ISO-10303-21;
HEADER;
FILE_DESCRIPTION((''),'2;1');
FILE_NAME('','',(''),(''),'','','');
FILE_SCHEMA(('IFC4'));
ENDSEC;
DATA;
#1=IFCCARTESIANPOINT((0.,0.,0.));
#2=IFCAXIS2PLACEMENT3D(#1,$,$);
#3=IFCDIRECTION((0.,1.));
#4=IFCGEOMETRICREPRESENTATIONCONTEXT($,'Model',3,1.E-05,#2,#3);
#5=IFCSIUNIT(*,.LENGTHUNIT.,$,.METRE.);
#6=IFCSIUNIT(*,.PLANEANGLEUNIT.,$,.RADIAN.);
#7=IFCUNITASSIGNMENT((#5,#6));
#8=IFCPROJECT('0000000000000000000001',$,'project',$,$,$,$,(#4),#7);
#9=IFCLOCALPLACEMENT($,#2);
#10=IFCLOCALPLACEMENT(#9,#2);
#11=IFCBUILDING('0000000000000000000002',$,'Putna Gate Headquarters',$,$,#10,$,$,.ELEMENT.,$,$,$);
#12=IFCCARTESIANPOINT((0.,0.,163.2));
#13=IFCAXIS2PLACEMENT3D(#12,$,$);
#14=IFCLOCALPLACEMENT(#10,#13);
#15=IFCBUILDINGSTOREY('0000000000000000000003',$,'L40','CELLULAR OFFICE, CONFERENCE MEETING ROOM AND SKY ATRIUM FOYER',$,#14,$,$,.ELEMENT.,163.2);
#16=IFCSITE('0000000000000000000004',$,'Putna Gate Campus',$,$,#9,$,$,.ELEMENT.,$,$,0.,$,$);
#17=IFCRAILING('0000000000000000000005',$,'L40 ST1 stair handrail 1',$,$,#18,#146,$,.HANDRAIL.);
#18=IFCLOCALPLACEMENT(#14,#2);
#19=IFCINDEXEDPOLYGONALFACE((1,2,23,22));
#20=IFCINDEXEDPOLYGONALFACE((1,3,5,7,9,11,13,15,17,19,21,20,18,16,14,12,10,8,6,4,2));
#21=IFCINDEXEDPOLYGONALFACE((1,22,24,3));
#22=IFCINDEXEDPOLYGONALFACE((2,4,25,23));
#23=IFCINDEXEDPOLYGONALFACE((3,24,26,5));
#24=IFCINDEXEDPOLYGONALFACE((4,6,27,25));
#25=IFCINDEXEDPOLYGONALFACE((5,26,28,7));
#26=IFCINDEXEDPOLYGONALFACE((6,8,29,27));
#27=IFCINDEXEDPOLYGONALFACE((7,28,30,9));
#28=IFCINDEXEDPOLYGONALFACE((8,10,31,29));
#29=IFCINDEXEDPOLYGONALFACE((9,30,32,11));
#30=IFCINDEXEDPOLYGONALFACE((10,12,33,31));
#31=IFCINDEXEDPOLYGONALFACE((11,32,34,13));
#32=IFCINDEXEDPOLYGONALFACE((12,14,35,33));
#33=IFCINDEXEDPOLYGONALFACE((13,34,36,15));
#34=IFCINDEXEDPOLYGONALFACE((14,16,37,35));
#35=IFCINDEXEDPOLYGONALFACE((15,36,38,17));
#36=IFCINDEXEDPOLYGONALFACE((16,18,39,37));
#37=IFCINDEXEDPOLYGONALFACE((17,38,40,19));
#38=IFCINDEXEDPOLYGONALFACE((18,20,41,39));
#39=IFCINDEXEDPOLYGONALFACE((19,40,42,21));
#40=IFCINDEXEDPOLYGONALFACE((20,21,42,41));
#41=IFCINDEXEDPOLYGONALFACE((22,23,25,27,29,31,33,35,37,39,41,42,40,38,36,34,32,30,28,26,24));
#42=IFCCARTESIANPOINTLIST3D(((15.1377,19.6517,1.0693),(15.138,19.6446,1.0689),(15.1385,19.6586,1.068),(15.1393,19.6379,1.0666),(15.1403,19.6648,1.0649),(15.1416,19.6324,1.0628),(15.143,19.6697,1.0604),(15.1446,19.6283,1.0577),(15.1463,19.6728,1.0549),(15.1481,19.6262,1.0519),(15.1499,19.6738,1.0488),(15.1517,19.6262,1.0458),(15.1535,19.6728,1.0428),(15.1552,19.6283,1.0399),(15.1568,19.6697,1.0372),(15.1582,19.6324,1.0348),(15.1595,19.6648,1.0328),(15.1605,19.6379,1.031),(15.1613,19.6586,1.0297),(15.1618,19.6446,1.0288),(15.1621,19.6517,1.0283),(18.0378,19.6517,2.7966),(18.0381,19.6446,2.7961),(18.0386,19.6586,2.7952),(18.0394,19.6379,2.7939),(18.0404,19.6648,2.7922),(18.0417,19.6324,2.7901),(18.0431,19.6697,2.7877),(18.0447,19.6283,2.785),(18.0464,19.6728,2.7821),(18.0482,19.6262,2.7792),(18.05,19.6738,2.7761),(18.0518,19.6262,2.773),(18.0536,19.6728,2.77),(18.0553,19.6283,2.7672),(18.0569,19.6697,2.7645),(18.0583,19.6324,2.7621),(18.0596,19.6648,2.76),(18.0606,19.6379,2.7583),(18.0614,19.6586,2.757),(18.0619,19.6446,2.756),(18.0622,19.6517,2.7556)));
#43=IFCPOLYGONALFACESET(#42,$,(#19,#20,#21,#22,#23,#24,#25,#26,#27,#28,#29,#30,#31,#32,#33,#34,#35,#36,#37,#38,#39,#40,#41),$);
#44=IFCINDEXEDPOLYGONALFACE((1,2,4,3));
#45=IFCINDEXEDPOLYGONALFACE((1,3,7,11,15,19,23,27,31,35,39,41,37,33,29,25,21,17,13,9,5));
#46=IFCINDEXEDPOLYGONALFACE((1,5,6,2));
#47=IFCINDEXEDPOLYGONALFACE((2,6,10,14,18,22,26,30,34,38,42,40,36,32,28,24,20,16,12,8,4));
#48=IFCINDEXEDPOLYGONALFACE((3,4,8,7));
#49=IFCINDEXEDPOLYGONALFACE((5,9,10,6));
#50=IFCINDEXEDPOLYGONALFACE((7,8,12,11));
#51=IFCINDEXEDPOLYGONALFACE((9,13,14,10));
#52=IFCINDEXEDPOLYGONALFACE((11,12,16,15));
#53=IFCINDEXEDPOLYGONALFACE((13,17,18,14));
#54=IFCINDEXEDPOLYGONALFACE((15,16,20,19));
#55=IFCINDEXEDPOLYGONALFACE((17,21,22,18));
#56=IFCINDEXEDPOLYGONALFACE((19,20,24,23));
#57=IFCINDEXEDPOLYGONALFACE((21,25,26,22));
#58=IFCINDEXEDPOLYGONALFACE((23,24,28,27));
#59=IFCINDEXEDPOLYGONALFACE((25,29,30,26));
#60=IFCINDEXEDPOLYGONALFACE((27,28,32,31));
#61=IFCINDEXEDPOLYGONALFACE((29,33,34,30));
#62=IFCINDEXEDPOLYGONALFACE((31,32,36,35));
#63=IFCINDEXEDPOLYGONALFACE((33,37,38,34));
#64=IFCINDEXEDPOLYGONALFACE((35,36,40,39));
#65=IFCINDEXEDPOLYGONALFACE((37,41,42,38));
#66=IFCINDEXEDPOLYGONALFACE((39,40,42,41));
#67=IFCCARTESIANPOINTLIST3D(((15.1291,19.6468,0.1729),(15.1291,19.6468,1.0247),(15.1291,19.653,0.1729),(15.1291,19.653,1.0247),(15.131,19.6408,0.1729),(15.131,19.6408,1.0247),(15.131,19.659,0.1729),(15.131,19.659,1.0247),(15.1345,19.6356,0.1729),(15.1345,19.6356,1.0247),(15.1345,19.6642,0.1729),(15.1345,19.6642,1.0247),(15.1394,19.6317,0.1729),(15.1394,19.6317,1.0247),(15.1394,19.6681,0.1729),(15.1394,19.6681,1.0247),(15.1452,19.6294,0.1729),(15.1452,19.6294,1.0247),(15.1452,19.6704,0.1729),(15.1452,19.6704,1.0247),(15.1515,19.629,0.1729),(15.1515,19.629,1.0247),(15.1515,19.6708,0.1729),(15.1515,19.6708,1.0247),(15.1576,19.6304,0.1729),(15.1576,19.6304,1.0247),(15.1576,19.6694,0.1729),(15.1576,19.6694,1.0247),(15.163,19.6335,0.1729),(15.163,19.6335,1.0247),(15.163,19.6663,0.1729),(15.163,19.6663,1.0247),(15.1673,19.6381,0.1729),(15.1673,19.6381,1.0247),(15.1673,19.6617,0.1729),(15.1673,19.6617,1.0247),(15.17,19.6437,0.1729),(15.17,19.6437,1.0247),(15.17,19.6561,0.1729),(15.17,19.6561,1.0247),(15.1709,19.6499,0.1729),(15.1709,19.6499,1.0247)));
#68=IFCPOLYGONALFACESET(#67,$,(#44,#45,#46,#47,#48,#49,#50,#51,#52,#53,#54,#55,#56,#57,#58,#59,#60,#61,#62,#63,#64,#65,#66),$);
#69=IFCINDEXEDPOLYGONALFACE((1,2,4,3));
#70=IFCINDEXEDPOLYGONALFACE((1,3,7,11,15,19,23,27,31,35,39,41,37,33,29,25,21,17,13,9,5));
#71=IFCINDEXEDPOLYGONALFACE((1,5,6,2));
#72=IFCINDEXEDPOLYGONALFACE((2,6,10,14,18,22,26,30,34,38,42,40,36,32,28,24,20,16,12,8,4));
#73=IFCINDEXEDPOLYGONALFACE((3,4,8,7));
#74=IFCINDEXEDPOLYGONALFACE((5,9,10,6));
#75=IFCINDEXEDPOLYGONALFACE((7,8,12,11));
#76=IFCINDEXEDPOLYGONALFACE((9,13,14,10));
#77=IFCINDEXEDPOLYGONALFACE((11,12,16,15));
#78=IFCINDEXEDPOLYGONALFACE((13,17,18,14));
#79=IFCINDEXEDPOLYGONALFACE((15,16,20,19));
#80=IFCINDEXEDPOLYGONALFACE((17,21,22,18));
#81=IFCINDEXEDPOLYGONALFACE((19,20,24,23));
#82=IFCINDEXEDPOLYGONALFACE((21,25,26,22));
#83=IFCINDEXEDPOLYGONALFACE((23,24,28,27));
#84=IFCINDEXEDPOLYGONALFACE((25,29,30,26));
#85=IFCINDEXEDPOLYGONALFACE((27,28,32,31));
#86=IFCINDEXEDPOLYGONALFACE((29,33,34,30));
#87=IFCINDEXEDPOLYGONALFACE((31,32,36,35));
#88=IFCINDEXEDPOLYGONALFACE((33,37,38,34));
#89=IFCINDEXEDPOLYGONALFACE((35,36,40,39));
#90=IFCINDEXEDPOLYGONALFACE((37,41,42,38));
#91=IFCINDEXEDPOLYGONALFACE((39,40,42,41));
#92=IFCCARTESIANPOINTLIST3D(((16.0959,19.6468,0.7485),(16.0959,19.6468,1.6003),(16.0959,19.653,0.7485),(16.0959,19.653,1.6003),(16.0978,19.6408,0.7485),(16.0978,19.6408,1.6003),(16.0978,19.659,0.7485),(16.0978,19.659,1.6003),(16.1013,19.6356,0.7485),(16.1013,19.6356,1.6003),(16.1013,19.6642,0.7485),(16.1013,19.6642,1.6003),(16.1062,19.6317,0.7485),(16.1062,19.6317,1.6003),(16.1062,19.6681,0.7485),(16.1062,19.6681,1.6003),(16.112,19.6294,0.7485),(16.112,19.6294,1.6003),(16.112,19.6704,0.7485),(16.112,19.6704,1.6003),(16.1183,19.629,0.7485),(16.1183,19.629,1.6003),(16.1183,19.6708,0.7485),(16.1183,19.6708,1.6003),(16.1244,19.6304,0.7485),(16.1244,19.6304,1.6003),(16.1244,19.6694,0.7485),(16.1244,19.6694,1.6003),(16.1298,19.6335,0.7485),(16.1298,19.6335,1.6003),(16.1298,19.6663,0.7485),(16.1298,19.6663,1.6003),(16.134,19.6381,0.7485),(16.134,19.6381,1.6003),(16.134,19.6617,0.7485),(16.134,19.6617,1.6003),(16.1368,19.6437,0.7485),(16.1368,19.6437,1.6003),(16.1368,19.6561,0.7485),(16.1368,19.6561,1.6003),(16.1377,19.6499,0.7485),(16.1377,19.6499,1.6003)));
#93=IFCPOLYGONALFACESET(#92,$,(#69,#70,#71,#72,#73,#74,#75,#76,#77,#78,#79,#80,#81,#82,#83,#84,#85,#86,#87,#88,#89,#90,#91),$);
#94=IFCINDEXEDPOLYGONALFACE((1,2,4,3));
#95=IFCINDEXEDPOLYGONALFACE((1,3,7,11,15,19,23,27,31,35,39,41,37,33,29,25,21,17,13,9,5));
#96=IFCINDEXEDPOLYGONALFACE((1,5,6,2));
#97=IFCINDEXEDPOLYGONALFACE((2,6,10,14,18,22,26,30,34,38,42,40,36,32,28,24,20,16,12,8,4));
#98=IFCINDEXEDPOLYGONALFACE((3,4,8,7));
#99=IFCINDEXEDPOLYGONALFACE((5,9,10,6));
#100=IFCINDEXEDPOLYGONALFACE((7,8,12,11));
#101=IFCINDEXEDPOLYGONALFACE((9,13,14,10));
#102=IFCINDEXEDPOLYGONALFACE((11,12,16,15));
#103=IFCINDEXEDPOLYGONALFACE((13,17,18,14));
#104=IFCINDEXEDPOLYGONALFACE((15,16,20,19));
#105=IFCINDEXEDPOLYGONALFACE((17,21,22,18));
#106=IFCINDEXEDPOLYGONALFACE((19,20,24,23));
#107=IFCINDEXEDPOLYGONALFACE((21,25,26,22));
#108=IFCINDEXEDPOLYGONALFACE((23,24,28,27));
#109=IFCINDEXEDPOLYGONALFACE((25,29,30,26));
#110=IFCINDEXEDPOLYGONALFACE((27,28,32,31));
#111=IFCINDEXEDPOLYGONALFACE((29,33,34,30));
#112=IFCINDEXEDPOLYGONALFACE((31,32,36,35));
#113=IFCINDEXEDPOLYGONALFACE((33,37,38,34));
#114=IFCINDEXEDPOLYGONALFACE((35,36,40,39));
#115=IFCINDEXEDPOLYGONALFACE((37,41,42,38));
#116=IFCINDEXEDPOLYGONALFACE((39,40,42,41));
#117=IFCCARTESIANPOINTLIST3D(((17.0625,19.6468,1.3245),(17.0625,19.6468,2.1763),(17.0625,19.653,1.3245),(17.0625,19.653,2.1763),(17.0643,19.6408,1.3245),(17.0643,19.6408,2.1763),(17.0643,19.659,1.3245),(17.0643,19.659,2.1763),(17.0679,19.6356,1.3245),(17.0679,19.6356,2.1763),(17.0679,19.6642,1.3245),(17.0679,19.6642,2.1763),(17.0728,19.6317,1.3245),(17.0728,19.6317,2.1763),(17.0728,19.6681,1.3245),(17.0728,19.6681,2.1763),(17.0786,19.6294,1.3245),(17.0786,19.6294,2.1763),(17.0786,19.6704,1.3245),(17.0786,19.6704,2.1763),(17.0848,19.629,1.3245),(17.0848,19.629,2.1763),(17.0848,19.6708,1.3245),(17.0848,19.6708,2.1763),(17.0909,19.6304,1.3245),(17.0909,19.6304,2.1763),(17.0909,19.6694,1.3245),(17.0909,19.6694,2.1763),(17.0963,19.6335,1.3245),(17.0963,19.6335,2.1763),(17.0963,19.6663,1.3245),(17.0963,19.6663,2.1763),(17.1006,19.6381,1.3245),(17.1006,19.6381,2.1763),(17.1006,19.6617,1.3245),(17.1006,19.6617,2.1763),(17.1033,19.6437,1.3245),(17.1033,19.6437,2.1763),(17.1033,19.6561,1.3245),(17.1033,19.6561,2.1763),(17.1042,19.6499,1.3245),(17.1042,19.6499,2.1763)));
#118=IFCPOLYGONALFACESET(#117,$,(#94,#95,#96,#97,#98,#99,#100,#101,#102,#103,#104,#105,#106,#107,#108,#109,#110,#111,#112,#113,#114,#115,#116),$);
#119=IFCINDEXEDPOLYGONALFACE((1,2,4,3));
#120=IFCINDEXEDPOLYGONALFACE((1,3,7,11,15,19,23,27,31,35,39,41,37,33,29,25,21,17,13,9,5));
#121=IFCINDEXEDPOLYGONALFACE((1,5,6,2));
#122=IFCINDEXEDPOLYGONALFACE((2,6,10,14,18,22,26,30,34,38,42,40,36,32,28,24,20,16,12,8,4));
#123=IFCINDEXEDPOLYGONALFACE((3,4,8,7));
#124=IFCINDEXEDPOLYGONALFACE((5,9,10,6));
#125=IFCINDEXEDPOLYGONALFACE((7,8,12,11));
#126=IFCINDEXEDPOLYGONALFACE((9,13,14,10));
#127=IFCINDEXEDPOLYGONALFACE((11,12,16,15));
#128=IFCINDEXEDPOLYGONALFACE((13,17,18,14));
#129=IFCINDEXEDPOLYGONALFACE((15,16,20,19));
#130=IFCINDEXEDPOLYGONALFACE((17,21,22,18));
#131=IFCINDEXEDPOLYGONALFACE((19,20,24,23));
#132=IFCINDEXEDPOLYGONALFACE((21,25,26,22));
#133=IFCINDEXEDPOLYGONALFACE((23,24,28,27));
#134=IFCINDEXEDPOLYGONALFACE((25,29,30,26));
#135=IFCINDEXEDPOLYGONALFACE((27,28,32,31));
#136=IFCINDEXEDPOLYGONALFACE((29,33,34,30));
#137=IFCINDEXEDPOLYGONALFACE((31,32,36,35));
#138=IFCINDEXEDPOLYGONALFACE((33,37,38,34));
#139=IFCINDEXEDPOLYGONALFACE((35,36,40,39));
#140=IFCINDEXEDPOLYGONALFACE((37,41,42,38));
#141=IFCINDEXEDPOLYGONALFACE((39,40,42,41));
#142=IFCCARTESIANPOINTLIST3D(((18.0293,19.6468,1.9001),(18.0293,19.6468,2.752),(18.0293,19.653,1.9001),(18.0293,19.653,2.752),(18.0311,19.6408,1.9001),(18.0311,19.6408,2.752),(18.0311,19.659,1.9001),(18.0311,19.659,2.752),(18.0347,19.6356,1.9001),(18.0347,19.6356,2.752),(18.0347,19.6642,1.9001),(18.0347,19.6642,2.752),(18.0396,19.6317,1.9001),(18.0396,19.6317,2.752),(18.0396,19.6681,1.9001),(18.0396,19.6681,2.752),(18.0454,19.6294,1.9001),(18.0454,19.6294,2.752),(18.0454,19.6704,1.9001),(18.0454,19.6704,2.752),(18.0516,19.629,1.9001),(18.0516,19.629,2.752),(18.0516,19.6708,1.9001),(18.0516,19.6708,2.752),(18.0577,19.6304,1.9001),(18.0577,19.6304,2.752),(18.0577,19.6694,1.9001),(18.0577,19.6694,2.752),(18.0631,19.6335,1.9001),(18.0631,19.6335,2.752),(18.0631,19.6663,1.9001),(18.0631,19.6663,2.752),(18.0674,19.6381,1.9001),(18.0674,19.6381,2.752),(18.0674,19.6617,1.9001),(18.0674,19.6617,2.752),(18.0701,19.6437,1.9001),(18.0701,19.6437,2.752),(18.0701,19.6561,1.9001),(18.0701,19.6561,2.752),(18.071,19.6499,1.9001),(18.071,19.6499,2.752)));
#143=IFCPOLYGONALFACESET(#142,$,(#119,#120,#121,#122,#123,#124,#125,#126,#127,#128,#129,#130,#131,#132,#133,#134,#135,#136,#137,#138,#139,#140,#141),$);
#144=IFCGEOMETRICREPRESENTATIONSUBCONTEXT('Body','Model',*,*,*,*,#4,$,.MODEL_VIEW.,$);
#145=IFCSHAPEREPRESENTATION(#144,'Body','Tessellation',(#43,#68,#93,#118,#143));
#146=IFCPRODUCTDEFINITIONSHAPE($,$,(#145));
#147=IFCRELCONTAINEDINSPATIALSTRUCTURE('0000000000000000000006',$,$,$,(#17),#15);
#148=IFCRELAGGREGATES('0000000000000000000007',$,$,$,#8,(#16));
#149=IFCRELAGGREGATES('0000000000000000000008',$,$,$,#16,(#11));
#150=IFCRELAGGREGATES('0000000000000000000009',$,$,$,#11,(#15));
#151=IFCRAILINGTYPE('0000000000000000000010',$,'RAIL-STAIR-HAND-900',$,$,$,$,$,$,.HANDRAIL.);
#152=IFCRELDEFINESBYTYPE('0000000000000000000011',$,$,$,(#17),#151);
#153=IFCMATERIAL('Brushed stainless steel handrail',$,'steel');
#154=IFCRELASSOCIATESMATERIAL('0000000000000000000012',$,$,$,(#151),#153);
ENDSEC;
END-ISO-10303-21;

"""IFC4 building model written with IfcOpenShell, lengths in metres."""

from ifc_helpers import new_model, si_unit, direction, frame, origin, origin_2d, place, context, subcontext, project, spatial, circle, extrude, material, type_object, element, save


model = new_model("IFC4")

# Units and contexts
model_context = context("Model", 3, precision=1e-05, world=origin(), true_north=direction((0.0, 1.0)))
body_context = subcontext(model_context, "Body", "Model", "MODEL_VIEW")
ifc_project = project(units=[si_unit("LENGTHUNIT", "METRE"), si_unit("PLANEANGLEUNIT", "RADIAN")], contexts=[model_context])

# Site, building, storey
site_placement = place(None, origin())
site = spatial("IfcSite", under=ifc_project, at=site_placement, Name="Putna Gate Campus", CompositionType="ELEMENT", RefElevation=0.0)
building_placement = place(site_placement, origin())
building = spatial("IfcBuilding", under=site, at=building_placement, Name="Putna Gate Headquarters", CompositionType="ELEMENT")
storey_placement = place(building_placement, frame((0.0, 0.0, 163.2)))
storey = spatial("IfcBuildingStorey", under=building, at=storey_placement, Name="L40", Description="CELLULAR OFFICE, CONFERENCE MEETING ROOM AND SKY ATRIUM FOYER", CompositionType="ELEMENT", Elevation=163.2)

# Railing
ifc_material_1 = material(Name="Brushed stainless steel handrail", Category="steel")
railing_type_1 = type_object("IfcRailingType", Name="RAIL-STAIR-HAND-900", PredefinedType="HANDRAIL", material=ifc_material_1)
railing_1_placement = place(storey_placement, frame((15.1499, 19.6499, 0.1729)))
element("IfcRailing", 1, at=railing_1_placement, inside=storey, type_object=railing_type_1, Name="L40 ST1 stair handrail 1", PredefinedType="HANDRAIL", context=body_context, shape_type="SweptSolid", body=[
    extrude(circle(Radius=0.0239, at=origin_2d()), frame((0.0, 0.0, 0.876), z_axis=(0.85916, 0.0, 0.511706), x_axis=(0.0, 1.0, 0.0)), (0.0, 0.0, 1.0), 3.3755),
    extrude(circle(Radius=0.021, at=origin_2d()), origin(), (0.0, 0.0, 1.0), 0.8518),
    extrude(circle(Radius=0.021, at=origin_2d()), frame((0.9668, 0.0, 0.5757)), (0.0, 0.0, 1.0), 0.8518),
    extrude(circle(Radius=0.021, at=origin_2d()), frame((1.9333, 0.0, 1.1516)), (0.0, 0.0, 1.0), 0.8518),
    extrude(circle(Radius=0.021, at=origin_2d()), frame((2.9001, 0.0, 1.7273)), (0.0, 0.0, 1.0), 0.8518),
])

save(model, "model.ifc")
